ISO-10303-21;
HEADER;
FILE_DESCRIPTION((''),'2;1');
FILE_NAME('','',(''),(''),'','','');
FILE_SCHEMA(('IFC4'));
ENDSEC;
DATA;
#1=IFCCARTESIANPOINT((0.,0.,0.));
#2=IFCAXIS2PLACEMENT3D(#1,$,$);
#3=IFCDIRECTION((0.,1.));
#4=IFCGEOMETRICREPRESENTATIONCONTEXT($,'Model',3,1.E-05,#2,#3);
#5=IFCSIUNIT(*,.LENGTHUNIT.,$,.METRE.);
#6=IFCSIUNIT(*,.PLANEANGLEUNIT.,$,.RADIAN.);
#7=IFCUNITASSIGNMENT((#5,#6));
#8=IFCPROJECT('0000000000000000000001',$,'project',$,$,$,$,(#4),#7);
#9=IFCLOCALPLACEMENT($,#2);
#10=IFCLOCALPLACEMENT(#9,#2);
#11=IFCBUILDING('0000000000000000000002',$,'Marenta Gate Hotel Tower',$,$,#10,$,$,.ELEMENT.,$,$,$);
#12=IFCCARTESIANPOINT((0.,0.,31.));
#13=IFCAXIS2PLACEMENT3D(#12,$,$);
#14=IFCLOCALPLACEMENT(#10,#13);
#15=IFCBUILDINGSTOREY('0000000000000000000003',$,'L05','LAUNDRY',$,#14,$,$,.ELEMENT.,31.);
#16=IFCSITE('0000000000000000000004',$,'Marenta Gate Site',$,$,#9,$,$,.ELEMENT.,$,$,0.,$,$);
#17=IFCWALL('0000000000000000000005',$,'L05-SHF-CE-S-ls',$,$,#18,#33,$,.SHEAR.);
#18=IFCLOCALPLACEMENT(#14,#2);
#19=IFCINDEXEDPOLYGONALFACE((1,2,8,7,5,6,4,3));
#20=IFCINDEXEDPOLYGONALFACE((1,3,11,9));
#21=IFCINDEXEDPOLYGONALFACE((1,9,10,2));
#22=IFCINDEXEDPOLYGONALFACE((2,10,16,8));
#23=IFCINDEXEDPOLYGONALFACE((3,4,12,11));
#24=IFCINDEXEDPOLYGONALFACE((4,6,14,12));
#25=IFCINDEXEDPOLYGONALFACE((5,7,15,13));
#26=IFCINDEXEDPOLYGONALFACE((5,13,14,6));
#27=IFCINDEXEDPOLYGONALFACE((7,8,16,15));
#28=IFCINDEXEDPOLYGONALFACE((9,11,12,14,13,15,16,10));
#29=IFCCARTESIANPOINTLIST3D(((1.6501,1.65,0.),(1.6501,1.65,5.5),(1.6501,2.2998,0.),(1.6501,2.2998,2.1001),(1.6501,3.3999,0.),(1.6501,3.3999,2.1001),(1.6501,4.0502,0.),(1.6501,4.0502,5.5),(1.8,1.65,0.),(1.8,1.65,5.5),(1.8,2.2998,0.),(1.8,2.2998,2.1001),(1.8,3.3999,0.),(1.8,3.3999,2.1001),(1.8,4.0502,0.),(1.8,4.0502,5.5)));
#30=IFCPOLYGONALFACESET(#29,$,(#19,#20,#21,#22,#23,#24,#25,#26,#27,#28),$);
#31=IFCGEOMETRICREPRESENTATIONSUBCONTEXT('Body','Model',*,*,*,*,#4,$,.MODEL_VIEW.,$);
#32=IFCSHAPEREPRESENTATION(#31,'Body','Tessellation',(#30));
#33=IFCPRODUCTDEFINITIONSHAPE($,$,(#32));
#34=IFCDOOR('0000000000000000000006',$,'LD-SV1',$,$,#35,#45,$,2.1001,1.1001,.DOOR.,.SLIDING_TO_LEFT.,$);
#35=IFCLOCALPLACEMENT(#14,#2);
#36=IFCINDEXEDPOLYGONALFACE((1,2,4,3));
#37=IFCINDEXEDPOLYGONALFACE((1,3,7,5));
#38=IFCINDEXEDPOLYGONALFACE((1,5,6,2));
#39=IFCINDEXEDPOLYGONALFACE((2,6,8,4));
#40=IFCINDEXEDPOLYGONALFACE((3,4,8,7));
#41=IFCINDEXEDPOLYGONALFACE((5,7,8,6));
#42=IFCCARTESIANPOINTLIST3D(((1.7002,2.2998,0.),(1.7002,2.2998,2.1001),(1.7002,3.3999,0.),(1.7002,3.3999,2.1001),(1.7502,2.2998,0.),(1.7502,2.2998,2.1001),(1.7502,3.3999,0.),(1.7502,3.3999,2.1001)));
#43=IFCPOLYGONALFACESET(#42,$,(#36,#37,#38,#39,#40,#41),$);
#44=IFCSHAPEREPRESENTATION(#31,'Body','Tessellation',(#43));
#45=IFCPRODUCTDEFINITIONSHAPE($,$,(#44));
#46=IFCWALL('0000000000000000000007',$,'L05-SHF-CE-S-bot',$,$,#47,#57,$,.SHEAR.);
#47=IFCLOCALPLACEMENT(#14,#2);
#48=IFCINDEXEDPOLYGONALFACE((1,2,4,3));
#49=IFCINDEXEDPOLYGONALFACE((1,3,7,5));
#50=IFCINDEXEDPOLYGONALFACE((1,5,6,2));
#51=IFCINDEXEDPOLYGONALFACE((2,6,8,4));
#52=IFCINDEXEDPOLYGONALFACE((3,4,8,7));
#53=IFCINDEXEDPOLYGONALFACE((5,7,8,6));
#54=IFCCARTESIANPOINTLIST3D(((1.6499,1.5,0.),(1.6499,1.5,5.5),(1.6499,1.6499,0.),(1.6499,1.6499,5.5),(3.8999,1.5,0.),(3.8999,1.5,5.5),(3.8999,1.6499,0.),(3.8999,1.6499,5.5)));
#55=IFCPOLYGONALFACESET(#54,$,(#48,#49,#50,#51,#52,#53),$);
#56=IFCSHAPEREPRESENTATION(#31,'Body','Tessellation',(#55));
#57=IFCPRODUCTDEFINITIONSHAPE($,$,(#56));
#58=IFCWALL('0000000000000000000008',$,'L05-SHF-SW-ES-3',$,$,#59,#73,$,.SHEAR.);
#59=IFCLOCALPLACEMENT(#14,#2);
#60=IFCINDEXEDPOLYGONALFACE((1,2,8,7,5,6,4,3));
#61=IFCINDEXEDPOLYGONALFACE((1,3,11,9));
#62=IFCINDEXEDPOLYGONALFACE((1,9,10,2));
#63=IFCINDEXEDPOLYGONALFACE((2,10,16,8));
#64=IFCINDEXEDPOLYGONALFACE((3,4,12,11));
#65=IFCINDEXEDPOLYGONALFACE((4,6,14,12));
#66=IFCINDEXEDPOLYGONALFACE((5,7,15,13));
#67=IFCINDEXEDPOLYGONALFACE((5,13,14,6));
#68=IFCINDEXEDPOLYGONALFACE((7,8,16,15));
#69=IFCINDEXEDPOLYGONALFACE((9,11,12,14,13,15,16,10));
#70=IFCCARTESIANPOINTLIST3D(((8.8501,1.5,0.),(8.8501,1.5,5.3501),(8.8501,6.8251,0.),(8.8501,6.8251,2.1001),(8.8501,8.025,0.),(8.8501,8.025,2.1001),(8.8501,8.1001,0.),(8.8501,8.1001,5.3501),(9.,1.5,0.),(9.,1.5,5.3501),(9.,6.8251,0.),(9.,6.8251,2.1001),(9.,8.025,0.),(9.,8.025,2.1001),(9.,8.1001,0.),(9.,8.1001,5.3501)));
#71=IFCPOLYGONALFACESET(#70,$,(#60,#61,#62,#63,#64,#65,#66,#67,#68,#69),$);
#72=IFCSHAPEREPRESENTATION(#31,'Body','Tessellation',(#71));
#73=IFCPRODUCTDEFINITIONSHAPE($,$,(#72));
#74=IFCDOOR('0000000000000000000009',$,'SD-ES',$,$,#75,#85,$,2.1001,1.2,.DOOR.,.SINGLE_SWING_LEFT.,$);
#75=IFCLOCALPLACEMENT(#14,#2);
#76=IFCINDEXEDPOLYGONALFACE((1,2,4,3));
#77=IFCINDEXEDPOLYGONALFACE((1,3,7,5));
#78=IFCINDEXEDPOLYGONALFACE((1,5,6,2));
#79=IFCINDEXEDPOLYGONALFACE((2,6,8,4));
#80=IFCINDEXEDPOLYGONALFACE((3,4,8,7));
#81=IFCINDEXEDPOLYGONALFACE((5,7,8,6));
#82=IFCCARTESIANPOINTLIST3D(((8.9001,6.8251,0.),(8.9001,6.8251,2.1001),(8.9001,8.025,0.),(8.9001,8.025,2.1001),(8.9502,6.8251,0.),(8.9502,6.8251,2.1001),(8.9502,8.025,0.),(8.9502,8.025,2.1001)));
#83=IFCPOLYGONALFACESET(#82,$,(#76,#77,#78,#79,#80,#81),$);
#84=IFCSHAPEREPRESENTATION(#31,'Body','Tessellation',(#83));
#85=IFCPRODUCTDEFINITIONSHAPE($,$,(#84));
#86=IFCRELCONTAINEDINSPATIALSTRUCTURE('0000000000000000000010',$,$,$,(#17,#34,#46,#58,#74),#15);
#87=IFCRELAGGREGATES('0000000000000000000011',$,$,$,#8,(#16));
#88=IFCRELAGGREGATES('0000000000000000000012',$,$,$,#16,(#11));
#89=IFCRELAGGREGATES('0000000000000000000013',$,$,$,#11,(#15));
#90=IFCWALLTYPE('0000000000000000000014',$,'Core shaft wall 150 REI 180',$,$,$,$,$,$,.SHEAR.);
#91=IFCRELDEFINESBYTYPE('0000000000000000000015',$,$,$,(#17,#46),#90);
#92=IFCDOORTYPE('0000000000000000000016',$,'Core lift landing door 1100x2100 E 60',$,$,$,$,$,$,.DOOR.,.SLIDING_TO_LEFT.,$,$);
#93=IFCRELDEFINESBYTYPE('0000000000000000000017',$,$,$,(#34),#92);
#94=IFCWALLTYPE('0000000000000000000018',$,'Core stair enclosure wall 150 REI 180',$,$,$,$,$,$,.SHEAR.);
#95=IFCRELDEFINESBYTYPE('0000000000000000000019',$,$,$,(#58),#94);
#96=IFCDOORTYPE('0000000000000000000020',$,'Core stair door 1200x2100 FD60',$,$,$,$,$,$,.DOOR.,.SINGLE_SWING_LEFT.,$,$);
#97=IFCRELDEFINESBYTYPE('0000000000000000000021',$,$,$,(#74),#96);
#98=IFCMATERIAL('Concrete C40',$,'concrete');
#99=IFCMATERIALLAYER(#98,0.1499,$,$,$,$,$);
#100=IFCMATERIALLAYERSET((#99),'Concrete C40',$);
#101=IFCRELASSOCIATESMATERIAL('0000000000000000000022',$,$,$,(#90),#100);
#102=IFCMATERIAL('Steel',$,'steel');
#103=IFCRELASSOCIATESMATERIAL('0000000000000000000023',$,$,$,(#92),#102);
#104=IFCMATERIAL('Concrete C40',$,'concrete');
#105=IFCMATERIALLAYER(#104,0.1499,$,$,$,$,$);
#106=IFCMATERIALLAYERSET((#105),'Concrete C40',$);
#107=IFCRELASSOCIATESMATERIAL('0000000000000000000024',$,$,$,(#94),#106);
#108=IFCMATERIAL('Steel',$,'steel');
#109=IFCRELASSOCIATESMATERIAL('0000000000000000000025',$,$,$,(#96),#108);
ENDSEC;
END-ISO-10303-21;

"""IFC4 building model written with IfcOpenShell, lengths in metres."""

from ifc_helpers import new_model, si_unit, direction, frame, frame_2d, origin, place, context, subcontext, project, spatial, rectangle, extrude, material, layer, layer_set, type_object, element, fill, save


model = new_model("IFC4")

# Units and contexts
model_context = context("Model", 3, precision=1e-05, world=origin(), true_north=direction((0.0, 1.0)))
body_context = subcontext(model_context, "Body", "Model", "MODEL_VIEW")
ifc_project = project(units=[si_unit("LENGTHUNIT", "METRE"), si_unit("PLANEANGLEUNIT", "RADIAN")], contexts=[model_context])

# Site, building, storey
site_placement = place(None, origin())
site = spatial("IfcSite", under=ifc_project, at=site_placement, Name="Marenta Gate Site", CompositionType="ELEMENT", RefElevation=0.0)
building_placement = place(site_placement, origin())
building = spatial("IfcBuilding", under=site, at=building_placement, Name="Marenta Gate Hotel Tower", CompositionType="ELEMENT")
storey_placement = place(building_placement, frame((0.0, 0.0, 31.0)))
storey = spatial("IfcBuildingStorey", under=building, at=storey_placement, Name="L05", Description="LAUNDRY", CompositionType="ELEMENT", Elevation=31.0)

# Wall, opening, door
ifc_material_1 = material(Name="Concrete C40", Category="concrete")
ifc_layer_1 = layer(ifc_material_1, 0.1499)
ifc_layer_set_1 = layer_set([ifc_layer_1], Name="Concrete C40")
wall_type_1 = type_object("IfcWallType", Name="Core shaft wall 150 REI 180", PredefinedType="SHEAR", material=ifc_layer_set_1)
wall_1_placement = place(storey_placement, frame((1.7251, 1.6499, 0.0), z_axis=(0.0, 0.0, 1.0), x_axis=(0.0, 1.0, 0.0)))
wall_1 = element("IfcWall", 1, at=wall_1_placement, inside=storey, type_object=wall_type_1, Name="L05-SHF-CE-S-ls", PredefinedType="SHEAR", context=body_context, shape_type="SweptSolid", body=[
    extrude(rectangle(XDim=2.4001, YDim=0.1499, at=frame_2d((1.2002, 0.0))), origin(), (0.0, 0.0, 1.0), 5.5),
])
opening_1_placement = place(wall_1_placement, frame((0.6499, 0.0, 0.0)))
opening_1 = element("IfcOpeningElement", 2, at=opening_1_placement, cuts=wall_1, PredefinedType="OPENING", context=body_context, shape_type="SweptSolid", body=[
    extrude(rectangle(XDim=1.1001, YDim=2.1001, at=frame_2d((0.55, 1.05))), frame((0.0, 0.075, 0.0), z_axis=(0.0, -1.0, 0.0), x_axis=(1.0, 0.0, 0.0)), (0.0, 0.0, 1.0), 0.1499),
])
ifc_material_2 = material(Name="Steel", Category="steel")
door_type_1 = type_object("IfcDoorType", Name="Core lift landing door 1100x2100 E 60", OperationType="SLIDING_TO_LEFT", PredefinedType="DOOR", material=ifc_material_2)
door_1_placement = place(opening_1_placement, origin())
door_1 = element("IfcDoor", 3, at=door_1_placement, inside=storey, type_object=door_type_1, Name="LD-SV1", OperationType="SLIDING_TO_LEFT", OverallHeight=2.1001, OverallWidth=1.1001, PredefinedType="DOOR", context=body_context, shape_type="SweptSolid", body=[
    extrude(rectangle(XDim=1.1001, YDim=2.1001, at=frame_2d((0.55, 1.05))), frame((0.0, 0.0249, 0.0), z_axis=(0.0, -1.0, 0.0), x_axis=(1.0, 0.0, 0.0)), (0.0, 0.0, 1.0), 0.05),
])
fill(opening_1, door_1)

# Wall
wall_2_placement = place(storey_placement, frame((1.6499, 1.575, 0.0), z_axis=(0.0, 0.0, 1.0), x_axis=(1.0, 0.0, 0.0)))
element("IfcWall", 4, at=wall_2_placement, inside=storey, type_object=wall_type_1, Name="L05-SHF-CE-S-bot", PredefinedType="SHEAR", context=body_context, shape_type="SweptSolid", body=[
    extrude(rectangle(XDim=2.25, YDim=0.1499, at=frame_2d((1.125, 0.0))), origin(), (0.0, 0.0, 1.0), 5.5),
])

# Wall, opening, door
ifc_material_3 = material(Name="Concrete C40", Category="concrete")
ifc_layer_2 = layer(ifc_material_3, 0.1499)
ifc_layer_set_2 = layer_set([ifc_layer_2], Name="Concrete C40")
wall_type_2 = type_object("IfcWallType", Name="Core stair enclosure wall 150 REI 180", PredefinedType="SHEAR", material=ifc_layer_set_2)
wall_3_placement = place(storey_placement, frame((8.925, 1.5, 0.0), z_axis=(0.0, 0.0, 1.0), x_axis=(0.0, 1.0, 0.0)))
wall_3 = element("IfcWall", 5, at=wall_3_placement, inside=storey, type_object=wall_type_2, Name="L05-SHF-SW-ES-3", PredefinedType="SHEAR", context=body_context, shape_type="SweptSolid", body=[
    extrude(rectangle(XDim=6.6001, YDim=0.1499, at=frame_2d((3.3, 0.0))), origin(), (0.0, 0.0, 1.0), 5.3501),
])
opening_2_placement = place(wall_3_placement, frame((5.325, 0.0, 0.0)))
opening_2 = element("IfcOpeningElement", 6, at=opening_2_placement, cuts=wall_3, PredefinedType="OPENING", context=body_context, shape_type="SweptSolid", body=[
    extrude(rectangle(XDim=1.2, YDim=2.1001, at=frame_2d((0.6001, 1.05))), frame((0.0, 0.075, 0.0), z_axis=(0.0, -1.0, 0.0), x_axis=(1.0, 0.0, 0.0)), (0.0, 0.0, 1.0), 0.1499),
])
ifc_material_4 = material(Name="Steel", Category="steel")
door_type_2 = type_object("IfcDoorType", Name="Core stair door 1200x2100 FD60", OperationType="SINGLE_SWING_LEFT", PredefinedType="DOOR", material=ifc_material_4)
door_2_placement = place(opening_2_placement, origin())
door_2 = element("IfcDoor", 7, at=door_2_placement, inside=storey, type_object=door_type_2, Name="SD-ES", OperationType="SINGLE_SWING_LEFT", OverallHeight=2.1001, OverallWidth=1.2, PredefinedType="DOOR", context=body_context, shape_type="SweptSolid", body=[
    extrude(rectangle(XDim=1.2, YDim=2.1001, at=frame_2d((0.6001, 1.05))), frame((0.0, 0.0249, 0.0), z_axis=(0.0, -1.0, 0.0), x_axis=(1.0, 0.0, 0.0)), (0.0, 0.0, 1.0), 0.05),
])
fill(opening_2, door_2)

save(model, "model.ifc")
